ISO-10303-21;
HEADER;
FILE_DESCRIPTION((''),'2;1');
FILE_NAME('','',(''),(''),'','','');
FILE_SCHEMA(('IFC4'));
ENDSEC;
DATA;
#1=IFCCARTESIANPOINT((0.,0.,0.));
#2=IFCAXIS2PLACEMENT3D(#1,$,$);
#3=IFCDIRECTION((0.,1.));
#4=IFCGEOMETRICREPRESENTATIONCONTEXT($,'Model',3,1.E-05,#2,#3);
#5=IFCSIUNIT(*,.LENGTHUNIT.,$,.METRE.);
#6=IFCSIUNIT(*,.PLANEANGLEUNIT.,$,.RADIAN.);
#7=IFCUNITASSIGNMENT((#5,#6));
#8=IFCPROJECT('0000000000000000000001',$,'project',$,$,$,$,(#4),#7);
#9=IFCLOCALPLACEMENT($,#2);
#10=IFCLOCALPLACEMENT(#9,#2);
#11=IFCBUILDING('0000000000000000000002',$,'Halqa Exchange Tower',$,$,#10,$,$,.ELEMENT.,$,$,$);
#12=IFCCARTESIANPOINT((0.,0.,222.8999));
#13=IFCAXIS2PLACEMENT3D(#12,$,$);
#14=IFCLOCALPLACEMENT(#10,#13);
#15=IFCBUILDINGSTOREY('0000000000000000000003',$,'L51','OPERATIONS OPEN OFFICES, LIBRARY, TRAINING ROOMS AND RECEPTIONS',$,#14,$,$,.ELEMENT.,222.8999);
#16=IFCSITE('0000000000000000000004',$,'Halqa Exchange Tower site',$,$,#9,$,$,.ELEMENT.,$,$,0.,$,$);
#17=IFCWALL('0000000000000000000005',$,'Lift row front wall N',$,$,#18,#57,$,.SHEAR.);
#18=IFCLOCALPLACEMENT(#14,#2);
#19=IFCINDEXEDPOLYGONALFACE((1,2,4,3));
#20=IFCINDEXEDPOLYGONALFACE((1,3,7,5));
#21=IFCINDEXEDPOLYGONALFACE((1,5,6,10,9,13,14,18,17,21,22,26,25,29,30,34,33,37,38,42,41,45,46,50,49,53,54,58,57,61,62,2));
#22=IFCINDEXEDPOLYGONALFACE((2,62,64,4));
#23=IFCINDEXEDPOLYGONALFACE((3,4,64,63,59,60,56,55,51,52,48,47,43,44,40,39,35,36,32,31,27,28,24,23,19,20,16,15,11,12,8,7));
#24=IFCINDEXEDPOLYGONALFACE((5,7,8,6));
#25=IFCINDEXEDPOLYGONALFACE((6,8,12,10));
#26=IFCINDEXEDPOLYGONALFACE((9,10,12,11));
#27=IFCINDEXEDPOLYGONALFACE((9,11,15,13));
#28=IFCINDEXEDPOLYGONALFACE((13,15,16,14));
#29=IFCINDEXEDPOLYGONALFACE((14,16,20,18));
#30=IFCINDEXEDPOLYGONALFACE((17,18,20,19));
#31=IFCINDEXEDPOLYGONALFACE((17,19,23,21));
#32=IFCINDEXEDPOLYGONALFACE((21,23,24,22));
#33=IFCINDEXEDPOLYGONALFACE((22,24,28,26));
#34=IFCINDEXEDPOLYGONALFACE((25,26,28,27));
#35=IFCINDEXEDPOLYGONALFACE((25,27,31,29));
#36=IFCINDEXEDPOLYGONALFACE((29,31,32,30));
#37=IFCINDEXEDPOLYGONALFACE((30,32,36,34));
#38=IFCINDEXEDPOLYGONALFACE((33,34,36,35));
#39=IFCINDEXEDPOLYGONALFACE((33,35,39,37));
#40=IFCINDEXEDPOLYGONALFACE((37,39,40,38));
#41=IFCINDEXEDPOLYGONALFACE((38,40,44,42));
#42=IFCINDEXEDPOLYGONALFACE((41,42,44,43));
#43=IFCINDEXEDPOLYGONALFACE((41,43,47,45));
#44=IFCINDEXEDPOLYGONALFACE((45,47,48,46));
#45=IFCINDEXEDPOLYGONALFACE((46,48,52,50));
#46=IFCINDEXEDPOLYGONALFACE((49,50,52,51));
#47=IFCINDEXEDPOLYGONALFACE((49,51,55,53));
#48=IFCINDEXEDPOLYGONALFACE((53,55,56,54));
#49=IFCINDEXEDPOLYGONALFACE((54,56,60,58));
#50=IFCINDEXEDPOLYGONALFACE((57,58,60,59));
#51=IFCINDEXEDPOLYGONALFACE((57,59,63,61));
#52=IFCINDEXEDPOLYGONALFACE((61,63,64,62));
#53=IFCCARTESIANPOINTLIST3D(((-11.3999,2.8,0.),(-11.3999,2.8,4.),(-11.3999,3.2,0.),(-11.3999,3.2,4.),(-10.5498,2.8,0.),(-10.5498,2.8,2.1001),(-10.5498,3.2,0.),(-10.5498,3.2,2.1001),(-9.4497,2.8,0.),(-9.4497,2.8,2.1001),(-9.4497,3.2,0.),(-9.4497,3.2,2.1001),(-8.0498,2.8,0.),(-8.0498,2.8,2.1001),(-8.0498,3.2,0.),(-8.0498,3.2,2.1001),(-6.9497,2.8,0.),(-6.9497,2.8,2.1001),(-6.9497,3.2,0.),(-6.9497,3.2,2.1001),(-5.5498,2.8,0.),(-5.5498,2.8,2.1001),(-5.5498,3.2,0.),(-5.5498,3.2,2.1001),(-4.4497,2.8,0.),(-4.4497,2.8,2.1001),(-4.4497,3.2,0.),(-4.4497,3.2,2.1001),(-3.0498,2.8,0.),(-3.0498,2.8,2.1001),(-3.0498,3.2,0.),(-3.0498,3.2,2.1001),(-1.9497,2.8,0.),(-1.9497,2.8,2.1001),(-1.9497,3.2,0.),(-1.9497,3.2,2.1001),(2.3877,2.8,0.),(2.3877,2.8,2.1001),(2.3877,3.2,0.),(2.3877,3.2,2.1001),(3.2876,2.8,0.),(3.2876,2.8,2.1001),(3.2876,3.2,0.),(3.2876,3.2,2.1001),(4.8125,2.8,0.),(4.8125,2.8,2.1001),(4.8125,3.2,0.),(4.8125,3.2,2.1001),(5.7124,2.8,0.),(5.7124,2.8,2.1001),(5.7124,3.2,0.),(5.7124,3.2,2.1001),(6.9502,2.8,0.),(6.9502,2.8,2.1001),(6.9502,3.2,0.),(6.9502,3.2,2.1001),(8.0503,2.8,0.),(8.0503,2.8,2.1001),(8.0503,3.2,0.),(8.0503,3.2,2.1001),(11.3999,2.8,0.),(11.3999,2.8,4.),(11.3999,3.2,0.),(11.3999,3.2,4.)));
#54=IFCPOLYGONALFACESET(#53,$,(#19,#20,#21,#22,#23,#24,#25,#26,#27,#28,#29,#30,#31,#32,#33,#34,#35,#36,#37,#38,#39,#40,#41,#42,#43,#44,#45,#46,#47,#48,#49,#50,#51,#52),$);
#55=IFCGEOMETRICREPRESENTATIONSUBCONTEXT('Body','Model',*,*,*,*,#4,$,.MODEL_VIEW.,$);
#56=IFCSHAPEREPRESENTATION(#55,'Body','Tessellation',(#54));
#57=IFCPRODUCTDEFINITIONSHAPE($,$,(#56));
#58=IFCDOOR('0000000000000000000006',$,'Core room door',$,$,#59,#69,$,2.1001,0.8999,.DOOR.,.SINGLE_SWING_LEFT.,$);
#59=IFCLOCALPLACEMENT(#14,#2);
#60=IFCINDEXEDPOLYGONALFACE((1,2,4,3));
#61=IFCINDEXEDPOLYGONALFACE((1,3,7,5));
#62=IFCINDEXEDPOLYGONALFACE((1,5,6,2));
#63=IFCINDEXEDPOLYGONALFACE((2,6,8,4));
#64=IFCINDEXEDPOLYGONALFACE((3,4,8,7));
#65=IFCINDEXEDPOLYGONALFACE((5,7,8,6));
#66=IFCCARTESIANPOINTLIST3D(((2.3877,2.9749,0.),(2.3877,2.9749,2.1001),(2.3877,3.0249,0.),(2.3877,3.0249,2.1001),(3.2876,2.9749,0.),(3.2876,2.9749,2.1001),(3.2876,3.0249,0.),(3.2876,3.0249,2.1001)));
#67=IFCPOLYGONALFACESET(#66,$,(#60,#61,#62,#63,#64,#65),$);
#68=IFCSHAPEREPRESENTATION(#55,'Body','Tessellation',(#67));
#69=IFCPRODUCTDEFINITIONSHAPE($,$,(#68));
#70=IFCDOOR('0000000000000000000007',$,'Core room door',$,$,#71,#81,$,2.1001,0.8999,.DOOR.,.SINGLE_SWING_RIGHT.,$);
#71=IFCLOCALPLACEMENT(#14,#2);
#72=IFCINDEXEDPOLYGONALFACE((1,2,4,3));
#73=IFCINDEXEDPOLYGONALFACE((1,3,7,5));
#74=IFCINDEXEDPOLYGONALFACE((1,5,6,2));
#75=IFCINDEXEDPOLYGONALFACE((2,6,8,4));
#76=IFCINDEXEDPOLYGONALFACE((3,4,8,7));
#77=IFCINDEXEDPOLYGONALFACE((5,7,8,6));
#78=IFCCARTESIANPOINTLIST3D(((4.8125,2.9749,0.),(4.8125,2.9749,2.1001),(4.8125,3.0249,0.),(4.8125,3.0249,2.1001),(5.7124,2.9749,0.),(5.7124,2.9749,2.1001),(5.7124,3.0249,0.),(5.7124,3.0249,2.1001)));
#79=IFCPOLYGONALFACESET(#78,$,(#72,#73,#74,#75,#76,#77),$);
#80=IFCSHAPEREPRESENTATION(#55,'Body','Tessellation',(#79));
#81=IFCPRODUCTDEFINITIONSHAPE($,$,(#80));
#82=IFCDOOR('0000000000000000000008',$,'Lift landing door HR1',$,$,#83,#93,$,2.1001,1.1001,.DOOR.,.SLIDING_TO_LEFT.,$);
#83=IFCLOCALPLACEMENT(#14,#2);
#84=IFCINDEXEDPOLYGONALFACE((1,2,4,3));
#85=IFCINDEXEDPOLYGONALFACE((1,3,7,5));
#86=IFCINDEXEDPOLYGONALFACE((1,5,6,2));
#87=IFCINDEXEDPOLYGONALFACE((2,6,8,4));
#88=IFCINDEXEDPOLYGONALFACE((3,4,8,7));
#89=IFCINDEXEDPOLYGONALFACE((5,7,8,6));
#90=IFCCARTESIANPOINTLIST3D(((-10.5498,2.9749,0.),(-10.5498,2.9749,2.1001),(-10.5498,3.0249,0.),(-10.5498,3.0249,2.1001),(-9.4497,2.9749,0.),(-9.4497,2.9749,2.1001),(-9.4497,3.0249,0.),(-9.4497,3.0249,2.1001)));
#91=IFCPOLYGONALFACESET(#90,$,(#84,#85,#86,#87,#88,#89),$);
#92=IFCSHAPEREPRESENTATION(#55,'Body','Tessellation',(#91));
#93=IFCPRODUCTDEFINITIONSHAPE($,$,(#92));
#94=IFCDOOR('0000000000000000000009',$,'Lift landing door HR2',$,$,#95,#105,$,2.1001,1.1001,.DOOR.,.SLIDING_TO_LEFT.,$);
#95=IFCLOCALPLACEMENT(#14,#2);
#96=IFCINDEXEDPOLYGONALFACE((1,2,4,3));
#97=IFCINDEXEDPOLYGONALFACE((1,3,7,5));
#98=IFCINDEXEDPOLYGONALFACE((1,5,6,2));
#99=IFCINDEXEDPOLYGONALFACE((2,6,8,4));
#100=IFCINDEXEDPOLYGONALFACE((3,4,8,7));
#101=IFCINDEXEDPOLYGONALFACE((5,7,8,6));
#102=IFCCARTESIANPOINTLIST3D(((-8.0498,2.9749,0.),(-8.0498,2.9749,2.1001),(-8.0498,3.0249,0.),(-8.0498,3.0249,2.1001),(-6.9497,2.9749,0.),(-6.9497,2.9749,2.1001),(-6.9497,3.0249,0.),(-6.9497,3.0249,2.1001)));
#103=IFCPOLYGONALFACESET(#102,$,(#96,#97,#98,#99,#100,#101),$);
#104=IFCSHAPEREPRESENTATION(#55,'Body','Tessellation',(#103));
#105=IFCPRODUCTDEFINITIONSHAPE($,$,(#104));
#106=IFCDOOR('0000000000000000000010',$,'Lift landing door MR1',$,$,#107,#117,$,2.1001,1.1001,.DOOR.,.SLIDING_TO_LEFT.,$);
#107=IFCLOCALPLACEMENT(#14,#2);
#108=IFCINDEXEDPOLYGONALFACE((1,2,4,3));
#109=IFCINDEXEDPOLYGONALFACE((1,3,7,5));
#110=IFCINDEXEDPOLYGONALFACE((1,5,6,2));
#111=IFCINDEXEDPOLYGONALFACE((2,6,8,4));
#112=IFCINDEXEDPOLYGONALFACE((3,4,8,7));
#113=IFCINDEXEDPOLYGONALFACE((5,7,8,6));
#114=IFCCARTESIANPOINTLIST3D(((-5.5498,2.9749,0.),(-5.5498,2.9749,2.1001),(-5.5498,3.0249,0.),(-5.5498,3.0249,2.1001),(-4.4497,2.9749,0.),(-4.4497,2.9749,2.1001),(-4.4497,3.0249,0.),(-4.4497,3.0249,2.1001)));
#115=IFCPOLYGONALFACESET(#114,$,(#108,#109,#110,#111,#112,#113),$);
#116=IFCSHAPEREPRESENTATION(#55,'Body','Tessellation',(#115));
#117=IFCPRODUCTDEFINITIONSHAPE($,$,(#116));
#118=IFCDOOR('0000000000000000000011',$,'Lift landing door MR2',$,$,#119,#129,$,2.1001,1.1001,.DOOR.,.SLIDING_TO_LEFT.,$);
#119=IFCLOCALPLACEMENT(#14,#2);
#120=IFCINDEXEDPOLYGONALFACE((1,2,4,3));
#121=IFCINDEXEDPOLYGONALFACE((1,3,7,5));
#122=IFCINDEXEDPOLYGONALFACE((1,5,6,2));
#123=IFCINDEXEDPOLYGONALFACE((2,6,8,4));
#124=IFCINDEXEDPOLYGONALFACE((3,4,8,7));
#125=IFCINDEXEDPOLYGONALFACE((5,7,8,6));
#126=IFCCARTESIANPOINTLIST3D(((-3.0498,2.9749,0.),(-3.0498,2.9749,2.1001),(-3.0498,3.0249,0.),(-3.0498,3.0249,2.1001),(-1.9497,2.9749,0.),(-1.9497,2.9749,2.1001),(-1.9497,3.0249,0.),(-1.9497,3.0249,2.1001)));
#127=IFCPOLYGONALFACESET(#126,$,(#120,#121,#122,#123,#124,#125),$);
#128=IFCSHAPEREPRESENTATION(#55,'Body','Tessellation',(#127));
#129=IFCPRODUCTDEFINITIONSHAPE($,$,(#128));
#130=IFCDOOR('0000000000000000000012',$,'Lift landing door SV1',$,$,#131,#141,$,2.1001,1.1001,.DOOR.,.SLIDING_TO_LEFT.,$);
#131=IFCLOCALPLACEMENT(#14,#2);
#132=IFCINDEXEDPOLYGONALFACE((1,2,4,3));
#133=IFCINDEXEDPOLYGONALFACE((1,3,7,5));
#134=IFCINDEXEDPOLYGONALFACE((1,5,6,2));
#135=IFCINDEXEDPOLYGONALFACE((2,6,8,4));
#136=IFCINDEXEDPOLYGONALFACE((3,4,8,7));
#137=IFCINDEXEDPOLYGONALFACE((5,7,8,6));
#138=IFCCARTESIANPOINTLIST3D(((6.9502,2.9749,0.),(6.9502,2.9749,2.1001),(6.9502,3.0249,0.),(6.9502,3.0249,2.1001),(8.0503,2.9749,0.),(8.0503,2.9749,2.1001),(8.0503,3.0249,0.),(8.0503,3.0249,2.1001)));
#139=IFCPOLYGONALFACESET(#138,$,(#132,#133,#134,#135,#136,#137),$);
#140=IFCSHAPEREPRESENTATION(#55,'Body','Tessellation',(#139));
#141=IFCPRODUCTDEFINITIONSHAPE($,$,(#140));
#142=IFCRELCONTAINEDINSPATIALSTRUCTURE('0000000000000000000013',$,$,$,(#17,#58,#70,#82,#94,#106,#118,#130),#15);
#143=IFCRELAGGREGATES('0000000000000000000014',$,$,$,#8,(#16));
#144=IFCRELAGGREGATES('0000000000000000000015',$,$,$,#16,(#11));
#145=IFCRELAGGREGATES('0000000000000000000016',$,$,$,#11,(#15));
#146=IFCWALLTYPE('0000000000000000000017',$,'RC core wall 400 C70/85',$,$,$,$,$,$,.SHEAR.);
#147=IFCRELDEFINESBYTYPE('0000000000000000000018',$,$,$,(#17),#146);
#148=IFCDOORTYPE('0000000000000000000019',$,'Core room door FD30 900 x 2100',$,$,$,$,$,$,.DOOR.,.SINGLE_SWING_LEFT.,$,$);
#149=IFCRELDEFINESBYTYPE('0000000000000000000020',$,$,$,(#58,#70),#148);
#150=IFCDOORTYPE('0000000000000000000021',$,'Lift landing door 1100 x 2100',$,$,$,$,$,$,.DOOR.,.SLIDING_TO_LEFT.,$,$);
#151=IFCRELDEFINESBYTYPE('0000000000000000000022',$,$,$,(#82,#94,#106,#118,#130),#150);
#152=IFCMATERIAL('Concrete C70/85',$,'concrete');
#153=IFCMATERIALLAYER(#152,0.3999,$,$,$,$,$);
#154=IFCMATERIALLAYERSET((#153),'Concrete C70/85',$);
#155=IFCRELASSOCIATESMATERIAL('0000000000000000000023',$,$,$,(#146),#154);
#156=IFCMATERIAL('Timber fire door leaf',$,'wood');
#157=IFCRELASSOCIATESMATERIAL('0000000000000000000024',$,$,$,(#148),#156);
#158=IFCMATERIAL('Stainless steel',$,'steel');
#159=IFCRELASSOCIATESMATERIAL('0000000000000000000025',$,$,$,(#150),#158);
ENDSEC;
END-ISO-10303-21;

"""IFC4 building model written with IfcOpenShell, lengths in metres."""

from ifc_helpers import new_model, si_unit, direction, frame, frame_2d, origin, place, context, subcontext, project, spatial, rectangle, extrude, material, layer, layer_set, type_object, element, fill, save


model = new_model("IFC4")

# Units and contexts
model_context = context("Model", 3, precision=1e-05, world=origin(), true_north=direction((0.0, 1.0)))
body_context = subcontext(model_context, "Body", "Model", "MODEL_VIEW")
ifc_project = project(units=[si_unit("LENGTHUNIT", "METRE"), si_unit("PLANEANGLEUNIT", "RADIAN")], contexts=[model_context])

# Site, building, storey
site_placement = place(None, origin())
site = spatial("IfcSite", under=ifc_project, at=site_placement, Name="Halqa Exchange Tower site", CompositionType="ELEMENT", RefElevation=0.0)
building_placement = place(site_placement, origin())
building = spatial("IfcBuilding", under=site, at=building_placement, Name="Halqa Exchange Tower", CompositionType="ELEMENT")
storey_placement = place(building_placement, frame((0.0, 0.0, 222.8999)))
storey = spatial("IfcBuildingStorey", under=building, at=storey_placement, Name="L51", Description="OPERATIONS OPEN OFFICES, LIBRARY, TRAINING ROOMS AND RECEPTIONS", CompositionType="ELEMENT", Elevation=222.8999)

# Wall, openings, doors
ifc_material_1 = material(Name="Concrete C70/85", Category="concrete")
ifc_layer_1 = layer(ifc_material_1, 0.3999)
ifc_layer_set_1 = layer_set([ifc_layer_1], Name="Concrete C70/85")
wall_type_1 = type_object("IfcWallType", Name="RC core wall 400 C70/85", PredefinedType="SHEAR", material=ifc_layer_set_1)
wall_1_placement = place(storey_placement, frame((-11.3999, 3.0, 0.0), z_axis=(0.0, 0.0, 1.0), x_axis=(1.0, 0.0, 0.0)))
wall_1 = element("IfcWall", 1, at=wall_1_placement, inside=storey, type_object=wall_type_1, Name="Lift row front wall N", PredefinedType="SHEAR", context=body_context, shape_type="SweptSolid", body=[
    extrude(rectangle(XDim=22.7998, YDim=0.3999, at=frame_2d((11.3999, 0.0))), origin(), (0.0, 0.0, 1.0), 4.0),
])
opening_1_placement = place(wall_1_placement, frame((0.8501, 0.0, 0.0)))
opening_1 = element("IfcOpeningElement", 2, at=opening_1_placement, cuts=wall_1, PredefinedType="OPENING", context=body_context, shape_type="SweptSolid", body=[
    extrude(rectangle(XDim=1.1001, YDim=2.1001, at=frame_2d((0.55, 1.05))), frame((0.0, 0.2119, 0.0), z_axis=(0.0, -1.0, 0.0), x_axis=(1.0, 0.0, 0.0)), (0.0, 0.0, 1.0), 0.4238),
])
opening_2_placement = place(wall_1_placement, frame((3.3501, 0.0, 0.0)))
opening_2 = element("IfcOpeningElement", 3, at=opening_2_placement, cuts=wall_1, PredefinedType="OPENING", context=body_context, shape_type="SweptSolid", body=[
    extrude(rectangle(XDim=1.1001, YDim=2.1001, at=frame_2d((0.55, 1.05))), frame((0.0, 0.2119, 0.0), z_axis=(0.0, -1.0, 0.0), x_axis=(1.0, 0.0, 0.0)), (0.0, 0.0, 1.0), 0.4238),
])
opening_3_placement = place(wall_1_placement, frame((5.8501, 0.0, 0.0)))
opening_3 = element("IfcOpeningElement", 4, at=opening_3_placement, cuts=wall_1, PredefinedType="OPENING", context=body_context, shape_type="SweptSolid", body=[
    extrude(rectangle(XDim=1.1001, YDim=2.1001, at=frame_2d((0.55, 1.05))), frame((0.0, 0.2119, 0.0), z_axis=(0.0, -1.0, 0.0), x_axis=(1.0, 0.0, 0.0)), (0.0, 0.0, 1.0), 0.4238),
])
opening_4_placement = place(wall_1_placement, frame((8.3501, 0.0, 0.0)))
opening_4 = element("IfcOpeningElement", 5, at=opening_4_placement, cuts=wall_1, PredefinedType="OPENING", context=body_context, shape_type="SweptSolid", body=[
    extrude(rectangle(XDim=1.1001, YDim=2.1001, at=frame_2d((0.55, 1.05))), frame((0.0, 0.2119, 0.0), z_axis=(0.0, -1.0, 0.0), x_axis=(1.0, 0.0, 0.0)), (0.0, 0.0, 1.0), 0.4238),
])
opening_5_placement = place(wall_1_placement, frame((18.3501, 0.0, 0.0)))
opening_5 = element("IfcOpeningElement", 6, at=opening_5_placement, cuts=wall_1, PredefinedType="OPENING", context=body_context, shape_type="SweptSolid", body=[
    extrude(rectangle(XDim=1.1001, YDim=2.1001, at=frame_2d((0.55, 1.05))), frame((0.0, 0.2119, 0.0), z_axis=(0.0, -1.0, 0.0), x_axis=(1.0, 0.0, 0.0)), (0.0, 0.0, 1.0), 0.4238),
])
opening_6_placement = place(wall_1_placement, frame((13.7876, 0.0, 0.0)))
opening_6 = element("IfcOpeningElement", 7, at=opening_6_placement, cuts=wall_1, PredefinedType="OPENING", context=body_context, shape_type="SweptSolid", body=[
    extrude(rectangle(XDim=0.8999, YDim=2.1001, at=frame_2d((0.45, 1.05))), frame((0.0, 0.2119, 0.0), z_axis=(0.0, -1.0, 0.0), x_axis=(1.0, 0.0, 0.0)), (0.0, 0.0, 1.0), 0.4238),
])
opening_7_placement = place(wall_1_placement, frame((16.2124, 0.0, 0.0)))
opening_7 = element("IfcOpeningElement", 8, at=opening_7_placement, cuts=wall_1, PredefinedType="OPENING", context=body_context, shape_type="SweptSolid", body=[
    extrude(rectangle(XDim=0.8999, YDim=2.1001, at=frame_2d((0.45, 1.05))), frame((0.0, 0.2119, 0.0), z_axis=(0.0, -1.0, 0.0), x_axis=(1.0, 0.0, 0.0)), (0.0, 0.0, 1.0), 0.4238),
])
ifc_material_2 = material(Name="Timber fire door leaf", Category="wood")
door_type_1 = type_object("IfcDoorType", Name="Core room door FD30 900 x 2100", OperationType="SINGLE_SWING_LEFT", PredefinedType="DOOR", material=ifc_material_2)
door_1_placement = place(opening_6_placement, origin())
door_1 = element("IfcDoor", 9, at=door_1_placement, inside=storey, type_object=door_type_1, Name="Core room door", OperationType="SINGLE_SWING_LEFT", OverallHeight=2.1001, OverallWidth=0.8999, PredefinedType="DOOR", context=body_context, shape_type="SweptSolid", body=[
    extrude(rectangle(XDim=0.8999, YDim=2.1001, at=frame_2d((0.45, 1.05))), frame((0.0, 0.0249, 0.0), z_axis=(0.0, -1.0, 0.0), x_axis=(1.0, 0.0, 0.0)), (0.0, 0.0, 1.0), 0.05),
])
fill(opening_6, door_1)
door_2_placement = place(opening_7_placement, origin())
door_2 = element("IfcDoor", 10, at=door_2_placement, inside=storey, type_object=door_type_1, Name="Core room door", OperationType="SINGLE_SWING_RIGHT", OverallHeight=2.1001, OverallWidth=0.8999, PredefinedType="DOOR", context=body_context, shape_type="SweptSolid", body=[
    extrude(rectangle(XDim=0.8999, YDim=2.1001, at=frame_2d((0.45, 1.05))), frame((0.0, 0.0249, 0.0), z_axis=(0.0, -1.0, 0.0), x_axis=(1.0, 0.0, 0.0)), (0.0, 0.0, 1.0), 0.05),
])
fill(opening_7, door_2)
ifc_material_3 = material(Name="Stainless steel", Category="steel")
door_type_2 = type_object("IfcDoorType", Name="Lift landing door 1100 x 2100", OperationType="SLIDING_TO_LEFT", PredefinedType="DOOR", material=ifc_material_3)
door_3_placement = place(opening_1_placement, origin())
door_3 = element("IfcDoor", 11, at=door_3_placement, inside=storey, type_object=door_type_2, Name="Lift landing door HR1", OperationType="SLIDING_TO_LEFT", OverallHeight=2.1001, OverallWidth=1.1001, PredefinedType="DOOR", context=body_context, shape_type="SweptSolid", body=[
    extrude(rectangle(XDim=1.1001, YDim=2.1001, at=frame_2d((0.55, 1.05))), frame((0.0, 0.0249, 0.0), z_axis=(0.0, -1.0, 0.0), x_axis=(1.0, 0.0, 0.0)), (0.0, 0.0, 1.0), 0.05),
])
fill(opening_1, door_3)
door_4_placement = place(opening_2_placement, origin())
door_4 = element("IfcDoor", 12, at=door_4_placement, inside=storey, type_object=door_type_2, Name="Lift landing door HR2", OperationType="SLIDING_TO_LEFT", OverallHeight=2.1001, OverallWidth=1.1001, PredefinedType="DOOR", context=body_context, shape_type="SweptSolid", body=[
    extrude(rectangle(XDim=1.1001, YDim=2.1001, at=frame_2d((0.55, 1.05))), frame((0.0, 0.0249, 0.0), z_axis=(0.0, -1.0, 0.0), x_axis=(1.0, 0.0, 0.0)), (0.0, 0.0, 1.0), 0.05),
])
fill(opening_2, door_4)
door_5_placement = place(opening_3_placement, origin())
door_5 = element("IfcDoor", 13, at=door_5_placement, inside=storey, type_object=door_type_2, Name="Lift landing door MR1", OperationType="SLIDING_TO_LEFT", OverallHeight=2.1001, OverallWidth=1.1001, PredefinedType="DOOR", context=body_context, shape_type="SweptSolid", body=[
    extrude(rectangle(XDim=1.1001, YDim=2.1001, at=frame_2d((0.55, 1.05))), frame((0.0, 0.0249, 0.0), z_axis=(0.0, -1.0, 0.0), x_axis=(1.0, 0.0, 0.0)), (0.0, 0.0, 1.0), 0.05),
])
fill(opening_3, door_5)
door_6_placement = place(opening_4_placement, origin())
door_6 = element("IfcDoor", 14, at=door_6_placement, inside=storey, type_object=door_type_2, Name="Lift landing door MR2", OperationType="SLIDING_TO_LEFT", OverallHeight=2.1001, OverallWidth=1.1001, PredefinedType="DOOR", context=body_context, shape_type="SweptSolid", body=[
    extrude(rectangle(XDim=1.1001, YDim=2.1001, at=frame_2d((0.55, 1.05))), frame((0.0, 0.0249, 0.0), z_axis=(0.0, -1.0, 0.0), x_axis=(1.0, 0.0, 0.0)), (0.0, 0.0, 1.0), 0.05),
])
fill(opening_4, door_6)
door_7_placement = place(opening_5_placement, origin())
door_7 = element("IfcDoor", 15, at=door_7_placement, inside=storey, type_object=door_type_2, Name="Lift landing door SV1", OperationType="SLIDING_TO_LEFT", OverallHeight=2.1001, OverallWidth=1.1001, PredefinedType="DOOR", context=body_context, shape_type="SweptSolid", body=[
    extrude(rectangle(XDim=1.1001, YDim=2.1001, at=frame_2d((0.55, 1.05))), frame((0.0, 0.0249, 0.0), z_axis=(0.0, -1.0, 0.0), x_axis=(1.0, 0.0, 0.0)), (0.0, 0.0, 1.0), 0.05),
])
fill(opening_5, door_7)

save(model, "model.ifc")
